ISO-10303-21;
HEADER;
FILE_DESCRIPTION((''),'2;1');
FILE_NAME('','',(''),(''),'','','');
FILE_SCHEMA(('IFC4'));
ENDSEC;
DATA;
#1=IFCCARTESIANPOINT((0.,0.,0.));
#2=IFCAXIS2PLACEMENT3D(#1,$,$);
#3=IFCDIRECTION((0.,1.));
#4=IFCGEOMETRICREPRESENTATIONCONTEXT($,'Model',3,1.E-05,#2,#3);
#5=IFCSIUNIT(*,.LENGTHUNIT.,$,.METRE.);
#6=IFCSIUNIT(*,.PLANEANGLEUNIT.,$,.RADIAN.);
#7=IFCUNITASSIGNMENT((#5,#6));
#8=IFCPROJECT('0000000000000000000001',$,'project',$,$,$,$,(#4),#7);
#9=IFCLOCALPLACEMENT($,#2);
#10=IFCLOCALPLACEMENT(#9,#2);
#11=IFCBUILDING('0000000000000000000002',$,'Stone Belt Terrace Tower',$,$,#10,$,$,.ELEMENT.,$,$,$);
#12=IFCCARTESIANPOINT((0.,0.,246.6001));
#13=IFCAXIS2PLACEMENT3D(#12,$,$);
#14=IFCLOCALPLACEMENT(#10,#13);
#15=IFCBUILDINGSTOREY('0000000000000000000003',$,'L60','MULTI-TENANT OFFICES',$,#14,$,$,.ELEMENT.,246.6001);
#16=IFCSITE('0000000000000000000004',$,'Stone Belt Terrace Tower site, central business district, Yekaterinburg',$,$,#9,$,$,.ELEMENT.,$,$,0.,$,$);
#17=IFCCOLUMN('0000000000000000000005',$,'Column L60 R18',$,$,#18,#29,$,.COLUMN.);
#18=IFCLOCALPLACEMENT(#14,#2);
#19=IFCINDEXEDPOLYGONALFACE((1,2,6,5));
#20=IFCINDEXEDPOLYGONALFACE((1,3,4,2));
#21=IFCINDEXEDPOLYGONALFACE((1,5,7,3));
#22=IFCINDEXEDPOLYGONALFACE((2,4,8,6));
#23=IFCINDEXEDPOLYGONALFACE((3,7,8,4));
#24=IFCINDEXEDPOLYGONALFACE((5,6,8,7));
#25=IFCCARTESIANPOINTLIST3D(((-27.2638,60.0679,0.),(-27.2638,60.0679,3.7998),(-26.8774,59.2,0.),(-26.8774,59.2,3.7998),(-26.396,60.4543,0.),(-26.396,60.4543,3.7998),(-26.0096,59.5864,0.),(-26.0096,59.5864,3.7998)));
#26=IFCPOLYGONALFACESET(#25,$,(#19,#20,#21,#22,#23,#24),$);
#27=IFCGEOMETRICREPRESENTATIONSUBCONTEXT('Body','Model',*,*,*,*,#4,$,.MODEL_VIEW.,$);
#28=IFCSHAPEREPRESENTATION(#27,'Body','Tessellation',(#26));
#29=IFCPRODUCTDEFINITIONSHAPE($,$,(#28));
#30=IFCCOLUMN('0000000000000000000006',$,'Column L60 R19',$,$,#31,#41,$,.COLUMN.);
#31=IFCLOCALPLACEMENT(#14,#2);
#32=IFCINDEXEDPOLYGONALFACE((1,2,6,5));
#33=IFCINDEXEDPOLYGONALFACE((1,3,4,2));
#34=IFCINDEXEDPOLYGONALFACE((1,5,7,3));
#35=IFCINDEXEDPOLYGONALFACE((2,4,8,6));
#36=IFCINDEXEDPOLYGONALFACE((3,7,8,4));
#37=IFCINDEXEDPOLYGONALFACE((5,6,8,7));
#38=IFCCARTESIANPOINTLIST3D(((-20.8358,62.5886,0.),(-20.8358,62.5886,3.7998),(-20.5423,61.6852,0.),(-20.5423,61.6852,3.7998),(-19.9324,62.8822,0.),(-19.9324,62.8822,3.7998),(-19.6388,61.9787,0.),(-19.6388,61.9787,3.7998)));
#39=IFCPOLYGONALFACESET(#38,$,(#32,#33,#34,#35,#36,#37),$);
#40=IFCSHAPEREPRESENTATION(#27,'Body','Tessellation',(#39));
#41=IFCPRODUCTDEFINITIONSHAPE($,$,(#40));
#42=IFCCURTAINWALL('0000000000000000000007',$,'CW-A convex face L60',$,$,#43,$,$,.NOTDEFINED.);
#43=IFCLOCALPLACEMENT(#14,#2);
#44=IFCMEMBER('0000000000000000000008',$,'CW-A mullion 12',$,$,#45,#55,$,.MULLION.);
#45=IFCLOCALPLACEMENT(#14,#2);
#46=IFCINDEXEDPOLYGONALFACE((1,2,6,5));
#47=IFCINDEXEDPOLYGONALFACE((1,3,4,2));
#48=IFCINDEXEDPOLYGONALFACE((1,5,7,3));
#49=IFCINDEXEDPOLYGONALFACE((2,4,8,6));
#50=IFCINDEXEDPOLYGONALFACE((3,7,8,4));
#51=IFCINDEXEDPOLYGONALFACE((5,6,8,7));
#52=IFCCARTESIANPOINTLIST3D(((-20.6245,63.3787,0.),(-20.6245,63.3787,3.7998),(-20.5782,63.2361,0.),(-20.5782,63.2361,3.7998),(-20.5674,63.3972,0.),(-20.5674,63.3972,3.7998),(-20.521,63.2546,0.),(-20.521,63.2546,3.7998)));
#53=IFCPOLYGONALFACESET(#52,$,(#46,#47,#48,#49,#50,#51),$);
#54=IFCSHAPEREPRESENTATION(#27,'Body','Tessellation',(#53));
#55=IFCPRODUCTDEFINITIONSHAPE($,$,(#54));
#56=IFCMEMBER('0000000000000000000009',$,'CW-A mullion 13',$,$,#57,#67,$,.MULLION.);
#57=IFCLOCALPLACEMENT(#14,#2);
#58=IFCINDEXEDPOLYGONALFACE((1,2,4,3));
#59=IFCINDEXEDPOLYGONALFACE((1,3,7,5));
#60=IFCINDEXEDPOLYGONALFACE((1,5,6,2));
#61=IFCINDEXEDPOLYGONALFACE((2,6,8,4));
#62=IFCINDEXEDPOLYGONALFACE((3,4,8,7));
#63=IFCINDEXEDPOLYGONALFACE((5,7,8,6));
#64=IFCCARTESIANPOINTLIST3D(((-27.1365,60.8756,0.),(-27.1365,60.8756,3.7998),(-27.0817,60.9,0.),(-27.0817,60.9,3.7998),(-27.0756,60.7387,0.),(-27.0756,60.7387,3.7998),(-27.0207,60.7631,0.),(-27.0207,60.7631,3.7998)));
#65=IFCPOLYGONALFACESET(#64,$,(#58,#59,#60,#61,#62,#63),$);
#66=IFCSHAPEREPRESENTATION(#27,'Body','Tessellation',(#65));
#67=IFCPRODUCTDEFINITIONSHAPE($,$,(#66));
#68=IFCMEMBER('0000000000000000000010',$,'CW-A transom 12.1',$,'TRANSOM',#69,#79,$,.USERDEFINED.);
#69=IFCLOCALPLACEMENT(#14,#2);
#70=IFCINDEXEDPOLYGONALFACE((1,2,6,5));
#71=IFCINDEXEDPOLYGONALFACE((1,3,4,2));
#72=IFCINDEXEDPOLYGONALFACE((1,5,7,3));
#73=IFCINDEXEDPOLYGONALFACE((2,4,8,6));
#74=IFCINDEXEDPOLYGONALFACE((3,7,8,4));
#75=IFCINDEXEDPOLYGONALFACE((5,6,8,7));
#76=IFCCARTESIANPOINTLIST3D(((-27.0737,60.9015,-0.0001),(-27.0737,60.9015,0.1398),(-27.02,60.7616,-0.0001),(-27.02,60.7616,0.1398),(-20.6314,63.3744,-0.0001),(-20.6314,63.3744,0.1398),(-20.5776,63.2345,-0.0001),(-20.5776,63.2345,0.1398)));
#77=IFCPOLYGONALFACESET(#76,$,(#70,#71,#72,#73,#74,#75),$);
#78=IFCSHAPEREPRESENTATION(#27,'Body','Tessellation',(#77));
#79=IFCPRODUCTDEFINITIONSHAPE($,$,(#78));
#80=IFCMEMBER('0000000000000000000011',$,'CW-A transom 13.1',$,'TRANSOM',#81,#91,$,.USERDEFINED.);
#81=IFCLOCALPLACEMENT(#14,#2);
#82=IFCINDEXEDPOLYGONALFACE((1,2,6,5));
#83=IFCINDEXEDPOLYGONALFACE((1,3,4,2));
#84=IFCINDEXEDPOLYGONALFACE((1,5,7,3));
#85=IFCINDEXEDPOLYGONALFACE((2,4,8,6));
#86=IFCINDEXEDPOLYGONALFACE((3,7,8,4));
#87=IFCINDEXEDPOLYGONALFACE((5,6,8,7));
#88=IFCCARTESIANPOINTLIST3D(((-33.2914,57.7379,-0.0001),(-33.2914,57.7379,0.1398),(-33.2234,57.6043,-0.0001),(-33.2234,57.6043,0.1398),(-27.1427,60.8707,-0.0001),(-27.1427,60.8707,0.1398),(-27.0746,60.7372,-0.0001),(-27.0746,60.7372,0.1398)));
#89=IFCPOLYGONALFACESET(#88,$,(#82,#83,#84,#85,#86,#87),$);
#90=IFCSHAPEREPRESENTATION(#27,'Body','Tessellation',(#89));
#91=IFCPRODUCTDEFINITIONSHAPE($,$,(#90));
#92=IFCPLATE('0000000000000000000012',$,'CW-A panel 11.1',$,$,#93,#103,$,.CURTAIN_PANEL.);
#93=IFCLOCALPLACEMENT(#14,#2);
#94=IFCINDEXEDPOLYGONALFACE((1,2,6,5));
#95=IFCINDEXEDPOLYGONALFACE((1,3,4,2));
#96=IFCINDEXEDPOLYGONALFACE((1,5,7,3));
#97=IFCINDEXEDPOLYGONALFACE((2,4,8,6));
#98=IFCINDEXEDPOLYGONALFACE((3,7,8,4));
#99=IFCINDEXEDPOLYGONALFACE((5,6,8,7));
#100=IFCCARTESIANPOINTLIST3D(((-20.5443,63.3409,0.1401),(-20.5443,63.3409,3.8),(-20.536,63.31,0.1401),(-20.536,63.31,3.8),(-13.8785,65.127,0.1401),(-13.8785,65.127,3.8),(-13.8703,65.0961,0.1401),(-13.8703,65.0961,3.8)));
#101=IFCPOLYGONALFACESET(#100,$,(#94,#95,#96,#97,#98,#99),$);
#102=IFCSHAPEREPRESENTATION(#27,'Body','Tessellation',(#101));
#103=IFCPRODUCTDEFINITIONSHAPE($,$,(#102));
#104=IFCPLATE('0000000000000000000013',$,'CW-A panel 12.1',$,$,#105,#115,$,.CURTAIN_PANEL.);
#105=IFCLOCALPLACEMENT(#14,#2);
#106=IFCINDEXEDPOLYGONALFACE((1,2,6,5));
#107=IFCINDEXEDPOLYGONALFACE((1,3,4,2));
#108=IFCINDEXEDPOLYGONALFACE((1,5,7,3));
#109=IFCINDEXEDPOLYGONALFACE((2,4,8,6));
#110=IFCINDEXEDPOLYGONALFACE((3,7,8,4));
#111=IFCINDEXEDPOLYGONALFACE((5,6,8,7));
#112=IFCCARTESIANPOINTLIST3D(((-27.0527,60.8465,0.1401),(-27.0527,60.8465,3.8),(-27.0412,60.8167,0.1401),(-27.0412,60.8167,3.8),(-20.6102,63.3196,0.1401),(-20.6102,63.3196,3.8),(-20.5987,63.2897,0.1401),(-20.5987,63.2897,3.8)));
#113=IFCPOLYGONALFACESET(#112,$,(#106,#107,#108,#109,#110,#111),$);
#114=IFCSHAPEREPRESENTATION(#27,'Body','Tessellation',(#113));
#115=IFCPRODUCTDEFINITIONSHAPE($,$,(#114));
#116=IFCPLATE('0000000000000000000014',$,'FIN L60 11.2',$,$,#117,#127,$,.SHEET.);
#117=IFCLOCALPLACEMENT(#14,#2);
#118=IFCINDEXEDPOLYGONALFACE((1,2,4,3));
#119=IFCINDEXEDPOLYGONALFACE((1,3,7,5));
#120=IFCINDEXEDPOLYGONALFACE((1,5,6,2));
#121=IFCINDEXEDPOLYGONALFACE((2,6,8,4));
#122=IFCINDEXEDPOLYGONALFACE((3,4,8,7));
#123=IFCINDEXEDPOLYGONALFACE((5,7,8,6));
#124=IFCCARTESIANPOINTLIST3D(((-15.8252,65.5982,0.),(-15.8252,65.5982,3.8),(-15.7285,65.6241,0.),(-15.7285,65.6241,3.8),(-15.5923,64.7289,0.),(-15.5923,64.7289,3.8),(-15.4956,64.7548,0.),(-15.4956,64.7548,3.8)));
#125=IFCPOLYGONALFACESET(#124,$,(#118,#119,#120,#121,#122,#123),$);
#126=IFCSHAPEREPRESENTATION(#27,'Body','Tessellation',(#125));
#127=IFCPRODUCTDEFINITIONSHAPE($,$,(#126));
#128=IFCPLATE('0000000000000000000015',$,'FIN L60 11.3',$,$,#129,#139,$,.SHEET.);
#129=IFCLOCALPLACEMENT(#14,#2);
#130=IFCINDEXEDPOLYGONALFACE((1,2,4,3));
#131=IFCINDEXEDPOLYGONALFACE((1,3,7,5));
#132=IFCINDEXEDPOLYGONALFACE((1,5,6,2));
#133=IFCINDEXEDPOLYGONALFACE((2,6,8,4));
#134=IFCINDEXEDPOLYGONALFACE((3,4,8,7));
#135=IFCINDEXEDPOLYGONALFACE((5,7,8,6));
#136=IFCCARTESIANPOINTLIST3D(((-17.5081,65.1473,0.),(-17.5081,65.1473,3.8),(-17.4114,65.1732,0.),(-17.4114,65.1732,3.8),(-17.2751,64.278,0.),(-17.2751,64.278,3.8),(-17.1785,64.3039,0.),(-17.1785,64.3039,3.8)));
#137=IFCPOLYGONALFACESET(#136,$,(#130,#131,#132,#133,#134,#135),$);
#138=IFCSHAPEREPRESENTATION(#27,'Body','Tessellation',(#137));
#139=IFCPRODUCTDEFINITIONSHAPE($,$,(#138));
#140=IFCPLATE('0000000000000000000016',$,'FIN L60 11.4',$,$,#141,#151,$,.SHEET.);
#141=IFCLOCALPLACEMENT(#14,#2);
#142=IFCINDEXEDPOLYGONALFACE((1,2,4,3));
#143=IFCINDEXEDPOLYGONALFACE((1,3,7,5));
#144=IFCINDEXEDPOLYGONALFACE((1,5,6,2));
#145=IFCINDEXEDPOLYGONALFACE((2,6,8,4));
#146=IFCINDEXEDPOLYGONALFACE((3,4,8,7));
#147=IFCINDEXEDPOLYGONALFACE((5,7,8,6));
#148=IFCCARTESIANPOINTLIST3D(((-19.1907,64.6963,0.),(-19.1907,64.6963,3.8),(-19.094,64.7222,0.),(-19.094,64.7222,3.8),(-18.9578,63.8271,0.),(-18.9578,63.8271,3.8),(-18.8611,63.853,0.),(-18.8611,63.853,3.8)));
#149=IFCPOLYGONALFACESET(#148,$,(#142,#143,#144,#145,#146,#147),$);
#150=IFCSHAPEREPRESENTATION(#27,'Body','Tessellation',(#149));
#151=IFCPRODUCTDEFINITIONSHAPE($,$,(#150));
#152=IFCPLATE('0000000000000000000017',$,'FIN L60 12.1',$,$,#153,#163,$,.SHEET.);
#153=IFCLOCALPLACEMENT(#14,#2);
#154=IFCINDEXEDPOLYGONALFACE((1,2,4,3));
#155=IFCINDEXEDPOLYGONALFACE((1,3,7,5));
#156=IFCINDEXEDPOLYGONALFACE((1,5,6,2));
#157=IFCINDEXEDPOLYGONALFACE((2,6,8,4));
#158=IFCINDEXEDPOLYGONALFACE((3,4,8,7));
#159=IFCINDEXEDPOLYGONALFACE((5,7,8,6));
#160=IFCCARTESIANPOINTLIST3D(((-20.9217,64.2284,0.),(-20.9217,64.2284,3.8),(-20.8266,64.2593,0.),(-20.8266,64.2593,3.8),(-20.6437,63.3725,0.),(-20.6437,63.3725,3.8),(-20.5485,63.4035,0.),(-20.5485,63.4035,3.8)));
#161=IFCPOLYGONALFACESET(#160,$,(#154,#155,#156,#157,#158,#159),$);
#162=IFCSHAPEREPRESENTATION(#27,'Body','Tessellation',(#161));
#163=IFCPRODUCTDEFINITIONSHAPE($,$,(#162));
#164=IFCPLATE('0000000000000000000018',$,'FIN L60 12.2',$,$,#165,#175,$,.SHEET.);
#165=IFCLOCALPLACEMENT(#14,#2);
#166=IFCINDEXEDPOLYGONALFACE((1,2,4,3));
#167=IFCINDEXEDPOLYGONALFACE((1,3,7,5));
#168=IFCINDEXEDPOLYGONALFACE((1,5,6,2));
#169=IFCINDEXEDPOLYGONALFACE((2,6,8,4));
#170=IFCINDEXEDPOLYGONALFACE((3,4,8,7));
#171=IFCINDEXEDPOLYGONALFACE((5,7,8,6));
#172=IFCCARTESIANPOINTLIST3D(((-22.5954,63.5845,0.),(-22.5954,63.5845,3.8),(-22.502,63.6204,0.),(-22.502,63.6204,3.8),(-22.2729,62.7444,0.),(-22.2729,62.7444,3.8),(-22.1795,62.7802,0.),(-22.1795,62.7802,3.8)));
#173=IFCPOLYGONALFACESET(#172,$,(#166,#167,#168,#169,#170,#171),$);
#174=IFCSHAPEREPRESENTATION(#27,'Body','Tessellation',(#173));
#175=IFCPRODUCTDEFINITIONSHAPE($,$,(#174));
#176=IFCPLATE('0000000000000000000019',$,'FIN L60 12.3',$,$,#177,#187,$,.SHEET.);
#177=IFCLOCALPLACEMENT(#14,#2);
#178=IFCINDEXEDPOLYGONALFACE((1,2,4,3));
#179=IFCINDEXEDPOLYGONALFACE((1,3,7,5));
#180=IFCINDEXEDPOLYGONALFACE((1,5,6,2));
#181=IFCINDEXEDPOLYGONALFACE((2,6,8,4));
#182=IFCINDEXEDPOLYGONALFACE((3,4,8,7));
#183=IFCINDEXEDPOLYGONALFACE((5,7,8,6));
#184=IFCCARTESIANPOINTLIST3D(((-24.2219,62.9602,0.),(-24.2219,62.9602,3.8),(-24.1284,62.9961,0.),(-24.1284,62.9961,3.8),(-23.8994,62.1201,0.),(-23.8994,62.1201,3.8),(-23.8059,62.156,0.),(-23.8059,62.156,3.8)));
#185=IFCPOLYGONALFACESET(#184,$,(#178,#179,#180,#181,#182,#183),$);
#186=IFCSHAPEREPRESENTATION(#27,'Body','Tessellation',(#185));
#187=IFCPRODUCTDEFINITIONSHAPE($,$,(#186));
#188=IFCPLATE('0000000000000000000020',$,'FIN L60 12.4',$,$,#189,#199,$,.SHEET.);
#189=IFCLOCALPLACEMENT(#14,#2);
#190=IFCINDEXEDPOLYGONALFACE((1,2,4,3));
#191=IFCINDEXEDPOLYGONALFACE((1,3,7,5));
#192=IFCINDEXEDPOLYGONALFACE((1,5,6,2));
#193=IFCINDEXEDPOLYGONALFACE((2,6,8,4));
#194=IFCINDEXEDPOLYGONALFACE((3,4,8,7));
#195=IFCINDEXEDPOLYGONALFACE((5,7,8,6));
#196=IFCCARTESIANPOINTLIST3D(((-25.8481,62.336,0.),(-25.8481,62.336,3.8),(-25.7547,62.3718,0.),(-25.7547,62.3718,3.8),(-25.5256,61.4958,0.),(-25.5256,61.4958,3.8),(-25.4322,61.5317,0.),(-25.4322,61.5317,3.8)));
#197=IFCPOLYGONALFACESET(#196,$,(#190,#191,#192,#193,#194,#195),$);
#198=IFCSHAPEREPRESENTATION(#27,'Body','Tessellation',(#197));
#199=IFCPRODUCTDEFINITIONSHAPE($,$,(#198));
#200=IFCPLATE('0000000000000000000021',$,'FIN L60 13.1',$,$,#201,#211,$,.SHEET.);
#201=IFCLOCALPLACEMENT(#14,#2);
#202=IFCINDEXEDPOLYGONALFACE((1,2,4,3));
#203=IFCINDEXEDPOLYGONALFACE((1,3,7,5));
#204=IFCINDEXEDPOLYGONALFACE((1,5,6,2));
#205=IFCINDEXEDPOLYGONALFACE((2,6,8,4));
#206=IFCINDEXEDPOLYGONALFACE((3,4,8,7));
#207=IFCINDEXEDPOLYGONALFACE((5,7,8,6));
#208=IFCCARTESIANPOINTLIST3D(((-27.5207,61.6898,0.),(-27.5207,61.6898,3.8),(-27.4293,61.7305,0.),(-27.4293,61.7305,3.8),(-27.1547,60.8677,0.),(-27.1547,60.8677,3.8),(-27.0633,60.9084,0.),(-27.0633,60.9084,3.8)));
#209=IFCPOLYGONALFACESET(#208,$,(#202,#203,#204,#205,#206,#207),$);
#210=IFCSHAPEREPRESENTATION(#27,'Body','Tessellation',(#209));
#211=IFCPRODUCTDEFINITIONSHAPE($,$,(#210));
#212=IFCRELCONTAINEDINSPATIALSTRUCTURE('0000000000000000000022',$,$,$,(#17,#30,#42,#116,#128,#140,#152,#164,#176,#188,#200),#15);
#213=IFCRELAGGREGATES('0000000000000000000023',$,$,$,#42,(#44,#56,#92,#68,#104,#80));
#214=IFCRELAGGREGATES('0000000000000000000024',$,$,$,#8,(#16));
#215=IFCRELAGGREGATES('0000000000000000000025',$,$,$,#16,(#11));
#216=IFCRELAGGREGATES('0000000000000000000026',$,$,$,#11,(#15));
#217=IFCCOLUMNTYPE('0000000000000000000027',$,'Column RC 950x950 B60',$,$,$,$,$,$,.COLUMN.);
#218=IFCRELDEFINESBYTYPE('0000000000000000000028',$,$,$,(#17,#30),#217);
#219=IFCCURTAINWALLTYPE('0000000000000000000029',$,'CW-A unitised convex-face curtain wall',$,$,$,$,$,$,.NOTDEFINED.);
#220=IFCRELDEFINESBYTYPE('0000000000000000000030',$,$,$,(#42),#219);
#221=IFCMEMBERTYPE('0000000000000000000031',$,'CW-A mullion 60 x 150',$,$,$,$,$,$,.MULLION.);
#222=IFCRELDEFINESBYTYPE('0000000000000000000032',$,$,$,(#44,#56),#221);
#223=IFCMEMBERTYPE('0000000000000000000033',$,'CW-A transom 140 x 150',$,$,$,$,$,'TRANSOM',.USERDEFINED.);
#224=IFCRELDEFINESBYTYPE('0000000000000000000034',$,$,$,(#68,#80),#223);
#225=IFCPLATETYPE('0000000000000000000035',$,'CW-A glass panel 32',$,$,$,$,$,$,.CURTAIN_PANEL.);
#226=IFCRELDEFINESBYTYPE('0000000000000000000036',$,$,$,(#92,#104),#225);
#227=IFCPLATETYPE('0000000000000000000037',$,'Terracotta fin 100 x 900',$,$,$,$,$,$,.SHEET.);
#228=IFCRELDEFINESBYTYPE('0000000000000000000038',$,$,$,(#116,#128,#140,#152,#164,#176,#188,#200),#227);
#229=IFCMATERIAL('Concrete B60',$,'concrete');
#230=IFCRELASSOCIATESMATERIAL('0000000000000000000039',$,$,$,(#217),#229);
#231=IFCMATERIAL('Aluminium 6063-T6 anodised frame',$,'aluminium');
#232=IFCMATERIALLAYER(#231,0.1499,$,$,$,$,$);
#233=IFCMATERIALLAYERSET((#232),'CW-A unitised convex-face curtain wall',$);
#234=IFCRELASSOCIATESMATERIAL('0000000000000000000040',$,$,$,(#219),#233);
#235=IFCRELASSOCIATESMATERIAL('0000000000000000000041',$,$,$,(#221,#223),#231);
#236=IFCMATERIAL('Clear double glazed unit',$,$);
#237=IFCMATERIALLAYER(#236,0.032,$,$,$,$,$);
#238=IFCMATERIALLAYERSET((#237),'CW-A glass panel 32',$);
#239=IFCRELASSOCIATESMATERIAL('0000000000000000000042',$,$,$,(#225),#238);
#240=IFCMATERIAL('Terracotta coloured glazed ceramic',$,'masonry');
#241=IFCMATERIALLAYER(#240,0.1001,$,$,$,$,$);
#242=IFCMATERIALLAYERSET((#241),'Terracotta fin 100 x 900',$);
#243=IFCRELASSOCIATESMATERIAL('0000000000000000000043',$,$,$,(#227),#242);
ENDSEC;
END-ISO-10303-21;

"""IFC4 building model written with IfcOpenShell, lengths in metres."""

from ifc_helpers import new_model, si_unit, direction, frame, origin, origin_2d, place, context, subcontext, project, spatial, rectangle, extrude, material, layer, layer_set, material_profile, profile_set, type_object, element, aggregate, save


model = new_model("IFC4")

# Units and contexts
model_context = context("Model", 3, precision=1e-05, world=origin(), true_north=direction((0.0, 1.0)))
body_context = subcontext(model_context, "Body", "Model", "MODEL_VIEW")
ifc_project = project(units=[si_unit("LENGTHUNIT", "METRE"), si_unit("PLANEANGLEUNIT", "RADIAN")], contexts=[model_context])

# Site, building, storey
site_placement = place(None, origin())
site = spatial("IfcSite", under=ifc_project, at=site_placement, Name="Stone Belt Terrace Tower site, central business district, Yekaterinburg", CompositionType="ELEMENT", RefElevation=0.0)
building_placement = place(site_placement, origin())
building = spatial("IfcBuilding", under=site, at=building_placement, Name="Stone Belt Terrace Tower", CompositionType="ELEMENT")
storey_placement = place(building_placement, frame((0.0, 0.0, 246.6001)))
storey = spatial("IfcBuildingStorey", under=building, at=storey_placement, Name="L60", Description="MULTI-TENANT OFFICES", CompositionType="ELEMENT", Elevation=246.6001)

# Columns
ifc_material_1 = material(Name="Concrete B60", Category="concrete")
ifc_material_profile_1 = material_profile(ifc_material_1, rectangle(XDim=0.95, YDim=0.95, at=origin_2d()), Name="RC 950x950")
ifc_profile_set_1 = profile_set([ifc_material_profile_1], Name="Concrete B60")
column_type = type_object("IfcColumnType", Name="Column RC 950x950 B60", PredefinedType="COLUMN", material=ifc_profile_set_1)
for number, where, z_axis, x_axis, name in (
    (1, (-26.6367, 59.8271, 0.0), (0.0, 0.0, 1.0), (0.913545, 0.406737, 0.0), "Column L60 R18"),
    (2, (-20.2373, 62.2837, 0.0), (0.0, 0.0, 1.0), (0.951057, 0.309017, 0.0), "Column L60 R19"),
):
    element("IfcColumn", number, at=place(storey_placement, frame(where, z_axis=z_axis, x_axis=x_axis)), inside=storey, type_object=column_type, Name=name, PredefinedType="COLUMN", context=body_context, shape_type="SweptSolid", body=[
        extrude(rectangle(XDim=0.95, YDim=0.95, at=origin_2d()), origin(), (0.0, 0.0, 1.0), 3.7998),
    ])

# Curtain wall, members, plates
ifc_material_2 = material(Name="Aluminium 6063-T6 anodised frame", Category="aluminium")
ifc_layer_1 = layer(ifc_material_2, 0.1499)
ifc_layer_set_1 = layer_set([ifc_layer_1], Name="CW-A unitised convex-face curtain wall")
curtain_wall_type = type_object("IfcCurtainWallType", Name="CW-A unitised convex-face curtain wall", PredefinedType="NOTDEFINED", material=ifc_layer_set_1)
curtain_wall_placement = place(storey_placement, origin())
curtain_wall = element("IfcCurtainWall", 3, at=curtain_wall_placement, inside=storey, type_object=curtain_wall_type, Name="CW-A convex face L60", PredefinedType="NOTDEFINED")
ifc_material_profile_2 = material_profile(ifc_material_2, rectangle(XDim=0.1499, YDim=0.0601, at=origin_2d()), Name="Aluminium 6063-T6 60x150")
ifc_profile_set_2 = profile_set([ifc_material_profile_2], Name="Aluminium 6063-T6 anodised frame")
member_type_1 = type_object("IfcMemberType", Name="CW-A mullion 60 x 150", PredefinedType="MULLION", material=ifc_profile_set_2)
member_1_placement = place(storey_placement, frame((-20.5728, 63.3167, 0.0), z_axis=(0.0, 0.0, 1.0), x_axis=(0.309017, -0.951057, 0.0)))
member_1 = element("IfcMember", 4, at=member_1_placement, type_object=member_type_1, Name="CW-A mullion 12", PredefinedType="MULLION", context=body_context, shape_type="SweptSolid", body=[
    extrude(rectangle(XDim=0.1499, YDim=0.0601, at=origin_2d()), origin(), (0.0, 0.0, 1.0), 3.7998),
])
member_2_placement = place(storey_placement, frame((-27.0786, 60.8193, 0.0), z_axis=(0.0, 0.0, 1.0), x_axis=(0.406737, -0.913545, 0.0)))
member_2 = element("IfcMember", 5, at=member_2_placement, type_object=member_type_1, Name="CW-A mullion 13", PredefinedType="MULLION", context=body_context, shape_type="SweptSolid", body=[
    extrude(rectangle(XDim=0.1499, YDim=0.0601, at=origin_2d()), origin(), (0.0, 0.0, 1.0), 3.7998),
])
ifc_material_profile_3 = material_profile(ifc_material_2, rectangle(XDim=0.1499, YDim=0.1399, at=origin_2d()), Name="Aluminium 6063-T6 150x140")
ifc_profile_set_3 = profile_set([ifc_material_profile_3], Name="Aluminium 6063-T6 anodised frame")
member_type_2 = type_object("IfcMemberType", Name="CW-A transom 140 x 150", ElementType="TRANSOM", PredefinedType="USERDEFINED", material=ifc_profile_set_3)
member_3_placement = place(storey_placement, frame((-20.6045, 63.3044, 0.0698), z_axis=(-0.933585, -0.358355, 0.0), x_axis=(0.358355, -0.933585, 0.0)))
member_3 = element("IfcMember", 6, at=member_3_placement, type_object=member_type_2, Name="CW-A transom 12.1", ObjectType="TRANSOM", PredefinedType="USERDEFINED", context=body_context, shape_type="SweptSolid", body=[
    extrude(rectangle(XDim=0.1499, YDim=0.1399, at=origin_2d()), origin(), (0.0, 0.0, 1.0), 6.9006),
])
member_4_placement = place(storey_placement, frame((-27.1086, 60.804, 0.0698), z_axis=(-0.891012, -0.453979, 0.0), x_axis=(0.453979, -0.891012, 0.0)))
member_4 = element("IfcMember", 7, at=member_4_placement, type_object=member_type_2, Name="CW-A transom 13.1", ObjectType="TRANSOM", PredefinedType="USERDEFINED", context=body_context, shape_type="SweptSolid", body=[
    extrude(rectangle(XDim=0.1499, YDim=0.1399, at=origin_2d()), origin(), (0.0, 0.0, 1.0), 6.9009),
])
ifc_material_3 = material(Name="Clear double glazed unit")
ifc_layer_2 = layer(ifc_material_3, 0.032)
ifc_layer_set_2 = layer_set([ifc_layer_2], Name="CW-A glass panel 32")
plate_type_1 = type_object("IfcPlateType", Name="CW-A glass panel 32", PredefinedType="CURTAIN_PANEL", material=ifc_layer_set_2)
plate_1_placement = place(storey_placement, frame((-17.2073, 64.2185, 0.1401), z_axis=(0.0, 0.0, 1.0), x_axis=(-0.965926, -0.258819, 0.0)))
plate_1 = element("IfcPlate", 8, at=plate_1_placement, type_object=plate_type_1, Name="CW-A panel 11.1", PredefinedType="CURTAIN_PANEL", context=body_context, shape_type="SweptSolid", body=[
    extrude(rectangle(XDim=6.9009, YDim=0.032, at=origin_2d()), origin(), (0.0, 0.0, 1.0), 3.6599),
])
plate_2_placement = place(storey_placement, frame((-23.8257, 62.0681, 0.1401), z_axis=(0.0, 0.0, 1.0), x_axis=(-0.93358, -0.358368, 0.0)))
plate_2 = element("IfcPlate", 9, at=plate_2_placement, type_object=plate_type_1, Name="CW-A panel 12.1", PredefinedType="CURTAIN_PANEL", context=body_context, shape_type="SweptSolid", body=[
    extrude(rectangle(XDim=6.9009, YDim=0.032, at=origin_2d()), origin(), (0.0, 0.0, 1.0), 3.6599),
])
aggregate(curtain_wall, [member_1, member_2, plate_1, member_3, plate_2, member_4])

# Plates
ifc_material_4 = material(Name="Terracotta coloured glazed ceramic", Category="masonry")
ifc_layer_3 = layer(ifc_material_4, 0.1001)
ifc_layer_set_3 = layer_set([ifc_layer_3], Name="Terracotta fin 100 x 900")
plate_type_2 = type_object("IfcPlateType", Name="Terracotta fin 100 x 900", PredefinedType="SHEET", material=ifc_layer_set_3)
for number, where, z_axis, x_axis, name in (
    (10, (-15.6604, 65.1765, 0.0), (0.0, 0.0, 1.0), (-0.258819, 0.965926, 0.0), "FIN L60 11.2"),
    (11, (-17.3433, 64.7256, 0.0), (0.0, 0.0, 1.0), (-0.258819, 0.965926, 0.0), "FIN L60 11.3"),
    (12, (-19.0259, 64.2747, 0.0), (0.0, 0.0, 1.0), (-0.258819, 0.965926, 0.0), "FIN L60 11.4"),
    (13, (-20.7351, 63.8159, 0.0), (0.0, 0.0, 1.0), (-0.309017, 0.951057, 0.0), "FIN L60 12.1"),
    (14, (-22.3875, 63.1824, 0.0), (0.0, 0.0, 1.0), (-0.358368, 0.93358, 0.0), "FIN L60 12.2"),
    (15, (-24.0139, 62.5581, 0.0), (0.0, 0.0, 1.0), (-0.358368, 0.93358, 0.0), "FIN L60 12.3"),
    (16, (-25.6401, 61.9338, 0.0), (0.0, 0.0, 1.0), (-0.358368, 0.93358, 0.0), "FIN L60 12.4"),
    (17, (-27.292, 61.2991, 0.0), (0.0, 0.0, 1.0), (-0.406737, 0.913545, 0.0), "FIN L60 13.1"),
):
    element("IfcPlate", number, at=place(storey_placement, frame(where, z_axis=z_axis, x_axis=x_axis)), inside=storey, type_object=plate_type_2, Name=name, PredefinedType="SHEET", context=body_context, shape_type="SweptSolid", body=[
        extrude(rectangle(XDim=0.8999, YDim=0.1001, at=origin_2d()), origin(), (0.0, 0.0, 1.0), 3.8),
    ])

save(model, "model.ifc")
